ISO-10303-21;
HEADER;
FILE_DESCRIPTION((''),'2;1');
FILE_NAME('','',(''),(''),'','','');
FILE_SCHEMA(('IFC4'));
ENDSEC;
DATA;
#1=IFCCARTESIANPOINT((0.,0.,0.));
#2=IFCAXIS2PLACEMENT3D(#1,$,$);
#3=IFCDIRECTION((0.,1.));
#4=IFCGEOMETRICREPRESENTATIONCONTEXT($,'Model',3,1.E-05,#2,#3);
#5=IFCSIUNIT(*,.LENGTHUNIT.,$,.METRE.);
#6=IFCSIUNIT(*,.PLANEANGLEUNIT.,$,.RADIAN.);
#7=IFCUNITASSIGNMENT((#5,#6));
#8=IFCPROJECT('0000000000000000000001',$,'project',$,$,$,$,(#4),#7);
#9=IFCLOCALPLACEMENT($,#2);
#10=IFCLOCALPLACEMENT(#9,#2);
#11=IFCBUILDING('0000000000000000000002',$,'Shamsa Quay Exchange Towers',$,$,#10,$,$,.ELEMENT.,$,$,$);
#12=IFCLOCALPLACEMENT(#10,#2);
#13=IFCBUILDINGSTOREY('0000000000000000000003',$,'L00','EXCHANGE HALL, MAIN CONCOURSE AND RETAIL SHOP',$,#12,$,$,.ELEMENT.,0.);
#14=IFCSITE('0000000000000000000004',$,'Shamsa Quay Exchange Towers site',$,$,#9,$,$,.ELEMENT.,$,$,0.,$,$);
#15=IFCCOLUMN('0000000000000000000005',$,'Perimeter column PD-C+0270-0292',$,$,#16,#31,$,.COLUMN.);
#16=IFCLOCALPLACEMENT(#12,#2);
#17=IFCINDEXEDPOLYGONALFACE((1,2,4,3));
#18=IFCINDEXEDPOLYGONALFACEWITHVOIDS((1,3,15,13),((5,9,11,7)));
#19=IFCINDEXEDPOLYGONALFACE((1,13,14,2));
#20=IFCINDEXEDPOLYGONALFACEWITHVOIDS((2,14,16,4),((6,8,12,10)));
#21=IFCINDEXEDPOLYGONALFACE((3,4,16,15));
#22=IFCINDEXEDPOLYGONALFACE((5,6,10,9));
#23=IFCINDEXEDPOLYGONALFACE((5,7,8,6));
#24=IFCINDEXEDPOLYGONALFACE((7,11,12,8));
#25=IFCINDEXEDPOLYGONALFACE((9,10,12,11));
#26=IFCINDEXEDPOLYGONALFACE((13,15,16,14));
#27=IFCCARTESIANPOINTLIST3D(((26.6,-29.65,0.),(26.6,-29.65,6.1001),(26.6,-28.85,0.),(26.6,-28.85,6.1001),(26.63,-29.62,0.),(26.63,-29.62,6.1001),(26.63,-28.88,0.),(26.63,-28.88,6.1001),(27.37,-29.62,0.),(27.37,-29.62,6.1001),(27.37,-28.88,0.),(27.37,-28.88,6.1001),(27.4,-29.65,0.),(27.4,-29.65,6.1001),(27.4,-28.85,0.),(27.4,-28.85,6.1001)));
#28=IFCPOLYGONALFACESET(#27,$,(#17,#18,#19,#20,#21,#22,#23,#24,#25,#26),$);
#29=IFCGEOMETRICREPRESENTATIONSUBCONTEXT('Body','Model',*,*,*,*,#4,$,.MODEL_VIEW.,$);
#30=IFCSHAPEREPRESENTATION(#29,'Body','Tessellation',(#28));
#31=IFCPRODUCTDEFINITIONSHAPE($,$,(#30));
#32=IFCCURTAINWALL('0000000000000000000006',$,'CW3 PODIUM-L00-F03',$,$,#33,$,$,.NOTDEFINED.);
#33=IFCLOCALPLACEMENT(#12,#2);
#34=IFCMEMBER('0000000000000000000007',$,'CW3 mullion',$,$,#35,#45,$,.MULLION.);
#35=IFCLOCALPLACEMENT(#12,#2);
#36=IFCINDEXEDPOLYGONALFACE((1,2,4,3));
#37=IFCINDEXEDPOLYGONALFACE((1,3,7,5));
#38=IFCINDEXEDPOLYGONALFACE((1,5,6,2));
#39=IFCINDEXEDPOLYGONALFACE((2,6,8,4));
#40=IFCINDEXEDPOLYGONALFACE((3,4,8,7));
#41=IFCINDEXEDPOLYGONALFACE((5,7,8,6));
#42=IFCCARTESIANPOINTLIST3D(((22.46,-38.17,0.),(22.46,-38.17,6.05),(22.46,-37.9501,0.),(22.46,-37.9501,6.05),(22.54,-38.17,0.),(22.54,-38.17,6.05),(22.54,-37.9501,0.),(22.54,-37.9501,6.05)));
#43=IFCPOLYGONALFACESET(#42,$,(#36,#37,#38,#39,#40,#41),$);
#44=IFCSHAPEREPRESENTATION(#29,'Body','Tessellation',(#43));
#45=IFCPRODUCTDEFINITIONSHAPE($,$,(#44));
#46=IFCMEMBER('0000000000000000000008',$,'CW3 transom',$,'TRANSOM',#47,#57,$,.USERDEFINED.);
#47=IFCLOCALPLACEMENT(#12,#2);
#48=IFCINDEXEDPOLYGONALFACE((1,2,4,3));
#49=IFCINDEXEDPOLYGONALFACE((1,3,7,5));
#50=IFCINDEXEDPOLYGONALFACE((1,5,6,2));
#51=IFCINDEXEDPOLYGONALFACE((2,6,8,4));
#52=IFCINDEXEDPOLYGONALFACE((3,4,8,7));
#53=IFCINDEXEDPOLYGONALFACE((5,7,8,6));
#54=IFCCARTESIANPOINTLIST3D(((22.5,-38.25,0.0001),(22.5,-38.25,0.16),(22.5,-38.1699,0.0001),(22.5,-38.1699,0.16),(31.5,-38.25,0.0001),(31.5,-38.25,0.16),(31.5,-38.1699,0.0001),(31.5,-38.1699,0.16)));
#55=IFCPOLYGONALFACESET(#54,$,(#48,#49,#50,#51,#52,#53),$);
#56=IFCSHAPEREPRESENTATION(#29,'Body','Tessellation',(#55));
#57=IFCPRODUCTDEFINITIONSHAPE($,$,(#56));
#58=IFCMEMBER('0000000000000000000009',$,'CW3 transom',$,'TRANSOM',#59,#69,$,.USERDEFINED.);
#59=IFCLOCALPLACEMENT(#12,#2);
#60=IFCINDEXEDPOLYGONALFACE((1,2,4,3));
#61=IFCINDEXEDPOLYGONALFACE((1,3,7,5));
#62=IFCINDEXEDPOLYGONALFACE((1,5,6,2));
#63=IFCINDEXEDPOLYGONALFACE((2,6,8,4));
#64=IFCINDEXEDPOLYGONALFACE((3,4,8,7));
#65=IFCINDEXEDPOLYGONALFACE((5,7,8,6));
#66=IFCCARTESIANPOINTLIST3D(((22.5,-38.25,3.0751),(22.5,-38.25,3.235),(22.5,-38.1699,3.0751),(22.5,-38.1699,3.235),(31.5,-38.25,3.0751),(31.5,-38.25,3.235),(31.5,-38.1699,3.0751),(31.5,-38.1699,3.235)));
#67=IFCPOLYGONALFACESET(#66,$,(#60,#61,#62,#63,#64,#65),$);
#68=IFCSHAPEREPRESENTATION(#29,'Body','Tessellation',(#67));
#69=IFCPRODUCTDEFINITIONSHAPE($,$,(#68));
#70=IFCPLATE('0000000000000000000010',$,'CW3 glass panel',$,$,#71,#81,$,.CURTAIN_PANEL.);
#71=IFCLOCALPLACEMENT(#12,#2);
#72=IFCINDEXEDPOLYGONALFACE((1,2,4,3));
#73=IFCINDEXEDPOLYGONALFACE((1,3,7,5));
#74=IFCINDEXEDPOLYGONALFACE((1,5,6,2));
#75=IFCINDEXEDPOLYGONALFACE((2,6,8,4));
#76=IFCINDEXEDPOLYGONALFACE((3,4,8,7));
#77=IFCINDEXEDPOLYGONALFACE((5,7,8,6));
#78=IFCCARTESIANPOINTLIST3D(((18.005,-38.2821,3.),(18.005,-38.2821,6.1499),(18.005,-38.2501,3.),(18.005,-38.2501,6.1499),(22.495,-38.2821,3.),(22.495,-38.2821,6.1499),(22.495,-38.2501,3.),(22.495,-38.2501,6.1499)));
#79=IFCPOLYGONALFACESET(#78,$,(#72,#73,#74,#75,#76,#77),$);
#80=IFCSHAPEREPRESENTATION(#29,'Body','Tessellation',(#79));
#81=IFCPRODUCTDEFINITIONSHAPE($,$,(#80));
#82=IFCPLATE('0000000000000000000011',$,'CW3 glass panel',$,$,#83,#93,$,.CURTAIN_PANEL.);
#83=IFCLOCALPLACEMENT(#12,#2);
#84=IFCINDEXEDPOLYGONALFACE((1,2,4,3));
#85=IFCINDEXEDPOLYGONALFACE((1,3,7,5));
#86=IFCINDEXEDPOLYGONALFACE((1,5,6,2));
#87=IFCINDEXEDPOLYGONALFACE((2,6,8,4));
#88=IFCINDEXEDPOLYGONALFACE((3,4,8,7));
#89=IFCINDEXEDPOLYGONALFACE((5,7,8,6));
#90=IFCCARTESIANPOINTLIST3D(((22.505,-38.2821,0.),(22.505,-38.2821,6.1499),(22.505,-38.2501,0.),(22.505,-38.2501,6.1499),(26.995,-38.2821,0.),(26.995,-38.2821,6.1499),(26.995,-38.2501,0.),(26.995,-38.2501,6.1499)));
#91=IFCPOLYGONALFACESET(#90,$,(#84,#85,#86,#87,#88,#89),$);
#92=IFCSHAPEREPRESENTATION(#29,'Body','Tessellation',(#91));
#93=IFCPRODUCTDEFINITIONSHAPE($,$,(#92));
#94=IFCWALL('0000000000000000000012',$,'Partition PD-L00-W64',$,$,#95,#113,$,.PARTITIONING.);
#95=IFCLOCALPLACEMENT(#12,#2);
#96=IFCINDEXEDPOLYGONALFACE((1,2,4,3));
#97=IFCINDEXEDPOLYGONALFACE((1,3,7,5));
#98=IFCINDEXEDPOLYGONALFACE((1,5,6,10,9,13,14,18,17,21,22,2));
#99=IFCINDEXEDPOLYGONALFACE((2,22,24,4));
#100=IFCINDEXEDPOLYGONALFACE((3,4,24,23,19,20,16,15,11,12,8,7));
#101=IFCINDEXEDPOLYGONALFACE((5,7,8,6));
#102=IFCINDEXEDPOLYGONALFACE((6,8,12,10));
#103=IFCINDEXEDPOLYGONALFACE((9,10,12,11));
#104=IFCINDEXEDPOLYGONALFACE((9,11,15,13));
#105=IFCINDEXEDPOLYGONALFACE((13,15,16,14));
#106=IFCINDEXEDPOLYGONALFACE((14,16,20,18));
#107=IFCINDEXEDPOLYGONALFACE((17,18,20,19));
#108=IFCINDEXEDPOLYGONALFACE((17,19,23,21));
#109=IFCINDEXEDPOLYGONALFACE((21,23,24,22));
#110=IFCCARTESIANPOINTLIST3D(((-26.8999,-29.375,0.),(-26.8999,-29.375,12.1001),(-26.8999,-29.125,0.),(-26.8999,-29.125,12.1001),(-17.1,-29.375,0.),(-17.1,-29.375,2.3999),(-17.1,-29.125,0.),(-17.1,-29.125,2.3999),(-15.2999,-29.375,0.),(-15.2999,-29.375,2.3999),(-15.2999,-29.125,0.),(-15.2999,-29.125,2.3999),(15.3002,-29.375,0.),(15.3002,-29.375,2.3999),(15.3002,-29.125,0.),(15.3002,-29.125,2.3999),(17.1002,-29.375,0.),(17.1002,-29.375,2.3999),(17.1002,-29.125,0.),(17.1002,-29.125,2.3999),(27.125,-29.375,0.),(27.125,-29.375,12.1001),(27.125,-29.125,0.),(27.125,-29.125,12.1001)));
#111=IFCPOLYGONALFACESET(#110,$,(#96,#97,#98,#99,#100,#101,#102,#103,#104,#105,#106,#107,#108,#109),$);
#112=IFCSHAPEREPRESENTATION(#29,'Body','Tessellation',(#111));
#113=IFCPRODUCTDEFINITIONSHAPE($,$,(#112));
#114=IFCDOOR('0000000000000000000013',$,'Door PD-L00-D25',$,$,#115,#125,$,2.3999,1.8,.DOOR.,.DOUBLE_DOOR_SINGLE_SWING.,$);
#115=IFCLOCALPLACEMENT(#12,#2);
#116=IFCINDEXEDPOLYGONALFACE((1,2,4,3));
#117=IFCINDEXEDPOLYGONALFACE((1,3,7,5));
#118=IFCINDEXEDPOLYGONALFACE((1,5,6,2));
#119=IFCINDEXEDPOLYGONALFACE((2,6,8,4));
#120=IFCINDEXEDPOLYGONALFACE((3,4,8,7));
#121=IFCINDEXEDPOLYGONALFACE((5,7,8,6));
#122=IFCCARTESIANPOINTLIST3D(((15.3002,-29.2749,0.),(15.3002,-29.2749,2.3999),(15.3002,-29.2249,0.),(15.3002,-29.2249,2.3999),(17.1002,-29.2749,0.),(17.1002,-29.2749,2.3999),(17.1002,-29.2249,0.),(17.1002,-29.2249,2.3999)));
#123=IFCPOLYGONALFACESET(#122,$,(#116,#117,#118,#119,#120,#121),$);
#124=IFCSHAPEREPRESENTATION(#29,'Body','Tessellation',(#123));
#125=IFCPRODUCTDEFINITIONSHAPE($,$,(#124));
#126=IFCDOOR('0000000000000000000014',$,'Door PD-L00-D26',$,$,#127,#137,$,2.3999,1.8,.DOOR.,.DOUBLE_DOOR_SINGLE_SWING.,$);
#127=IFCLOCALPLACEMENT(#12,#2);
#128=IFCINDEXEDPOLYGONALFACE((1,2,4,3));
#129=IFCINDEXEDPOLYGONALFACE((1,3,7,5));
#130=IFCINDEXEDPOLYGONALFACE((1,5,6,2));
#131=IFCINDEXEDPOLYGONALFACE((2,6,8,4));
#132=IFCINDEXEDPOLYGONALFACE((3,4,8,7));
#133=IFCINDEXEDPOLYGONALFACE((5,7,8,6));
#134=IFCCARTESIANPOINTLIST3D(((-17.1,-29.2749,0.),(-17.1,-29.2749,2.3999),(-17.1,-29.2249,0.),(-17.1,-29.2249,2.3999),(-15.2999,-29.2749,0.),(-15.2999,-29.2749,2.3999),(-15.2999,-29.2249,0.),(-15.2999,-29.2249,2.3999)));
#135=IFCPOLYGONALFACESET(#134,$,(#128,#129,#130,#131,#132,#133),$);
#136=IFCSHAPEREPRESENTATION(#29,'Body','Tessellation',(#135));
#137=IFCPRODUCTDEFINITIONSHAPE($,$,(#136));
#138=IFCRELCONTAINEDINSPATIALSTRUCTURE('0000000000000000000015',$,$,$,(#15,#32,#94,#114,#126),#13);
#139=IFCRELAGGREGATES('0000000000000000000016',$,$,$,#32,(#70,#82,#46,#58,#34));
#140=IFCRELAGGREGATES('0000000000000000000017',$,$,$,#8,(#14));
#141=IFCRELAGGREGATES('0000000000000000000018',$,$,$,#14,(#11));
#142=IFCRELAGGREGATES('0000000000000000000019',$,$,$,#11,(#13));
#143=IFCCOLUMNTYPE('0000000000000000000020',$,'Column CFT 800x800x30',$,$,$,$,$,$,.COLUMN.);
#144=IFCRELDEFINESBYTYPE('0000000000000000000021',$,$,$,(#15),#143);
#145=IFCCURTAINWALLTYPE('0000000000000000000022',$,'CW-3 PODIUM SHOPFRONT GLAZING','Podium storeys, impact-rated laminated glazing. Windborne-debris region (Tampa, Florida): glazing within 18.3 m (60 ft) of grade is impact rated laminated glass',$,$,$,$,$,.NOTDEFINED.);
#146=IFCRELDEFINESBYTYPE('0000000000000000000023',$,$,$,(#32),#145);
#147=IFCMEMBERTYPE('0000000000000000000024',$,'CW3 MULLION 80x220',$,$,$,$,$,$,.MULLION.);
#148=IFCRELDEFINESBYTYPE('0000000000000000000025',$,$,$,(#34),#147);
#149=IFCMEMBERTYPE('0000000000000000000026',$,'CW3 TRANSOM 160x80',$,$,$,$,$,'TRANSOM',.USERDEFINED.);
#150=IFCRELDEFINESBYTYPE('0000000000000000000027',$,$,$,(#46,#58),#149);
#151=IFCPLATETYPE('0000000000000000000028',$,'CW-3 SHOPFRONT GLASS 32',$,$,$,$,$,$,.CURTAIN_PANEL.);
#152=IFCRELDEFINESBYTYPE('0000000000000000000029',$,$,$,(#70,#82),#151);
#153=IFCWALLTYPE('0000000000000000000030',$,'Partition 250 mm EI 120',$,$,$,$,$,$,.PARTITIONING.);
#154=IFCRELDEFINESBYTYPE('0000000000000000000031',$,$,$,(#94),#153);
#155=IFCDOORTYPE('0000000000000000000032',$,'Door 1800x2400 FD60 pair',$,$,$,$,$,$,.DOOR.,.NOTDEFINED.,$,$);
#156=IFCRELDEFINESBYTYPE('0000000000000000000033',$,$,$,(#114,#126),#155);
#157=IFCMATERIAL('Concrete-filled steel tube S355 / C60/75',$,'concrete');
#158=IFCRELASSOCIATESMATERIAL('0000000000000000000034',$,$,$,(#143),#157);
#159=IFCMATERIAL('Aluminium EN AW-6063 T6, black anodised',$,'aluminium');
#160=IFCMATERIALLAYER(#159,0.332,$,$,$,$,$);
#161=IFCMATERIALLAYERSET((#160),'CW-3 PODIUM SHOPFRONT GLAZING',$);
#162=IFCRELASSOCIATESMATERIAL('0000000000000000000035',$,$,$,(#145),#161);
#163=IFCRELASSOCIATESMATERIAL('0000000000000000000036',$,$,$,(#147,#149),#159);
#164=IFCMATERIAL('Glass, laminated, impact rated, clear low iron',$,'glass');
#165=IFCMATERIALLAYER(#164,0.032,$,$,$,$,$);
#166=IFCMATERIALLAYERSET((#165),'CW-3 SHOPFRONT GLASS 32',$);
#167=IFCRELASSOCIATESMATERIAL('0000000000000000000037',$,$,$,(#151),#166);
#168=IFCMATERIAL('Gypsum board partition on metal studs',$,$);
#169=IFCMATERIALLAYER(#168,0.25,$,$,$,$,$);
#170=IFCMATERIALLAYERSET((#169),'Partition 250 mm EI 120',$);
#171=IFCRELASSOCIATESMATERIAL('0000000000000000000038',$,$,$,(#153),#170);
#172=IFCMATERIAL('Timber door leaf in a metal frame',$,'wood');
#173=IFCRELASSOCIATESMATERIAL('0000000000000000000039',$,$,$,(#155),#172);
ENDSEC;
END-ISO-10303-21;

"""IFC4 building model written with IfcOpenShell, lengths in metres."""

from ifc_helpers import new_model, si_unit, direction, frame, frame_2d, origin, origin_2d, place, context, subcontext, project, spatial, rectangle, hollow_rectangle, extrude, material, layer, layer_set, material_profile, profile_set, type_object, element, fill, aggregate, save


model = new_model("IFC4")

# Units and contexts
model_context = context("Model", 3, precision=1e-05, world=origin(), true_north=direction((0.0, 1.0)))
body_context = subcontext(model_context, "Body", "Model", "MODEL_VIEW")
ifc_project = project(units=[si_unit("LENGTHUNIT", "METRE"), si_unit("PLANEANGLEUNIT", "RADIAN")], contexts=[model_context])

# Site, building, storey
site_placement = place(None, origin())
site = spatial("IfcSite", under=ifc_project, at=site_placement, Name="Shamsa Quay Exchange Towers site", CompositionType="ELEMENT", RefElevation=0.0)
building_placement = place(site_placement, origin())
building = spatial("IfcBuilding", under=site, at=building_placement, Name="Shamsa Quay Exchange Towers", CompositionType="ELEMENT")
storey_placement = place(building_placement, origin())
storey = spatial("IfcBuildingStorey", under=building, at=storey_placement, Name="L00", Description="EXCHANGE HALL, MAIN CONCOURSE AND RETAIL SHOP", CompositionType="ELEMENT", Elevation=0.0)

# Column
ifc_material_1 = material(Name="Concrete-filled steel tube S355 / C60/75", Category="concrete")
ifc_material_profile_1 = material_profile(ifc_material_1, hollow_rectangle(XDim=0.8, YDim=0.8, WallThickness=0.03, at=origin_2d()), Name="CFT 800x800x30")
ifc_profile_set_1 = profile_set([ifc_material_profile_1], Name="Concrete-filled steel tube S355 / C60/75")
column_type = type_object("IfcColumnType", Name="Column CFT 800x800x30", PredefinedType="COLUMN", material=ifc_profile_set_1)
for number, where, name in (
    (1, (27.0, -29.25, 0.0), "Perimeter column PD-C+0270-0292"),
):
    element("IfcColumn", number, at=place(storey_placement, frame(where)), inside=storey, type_object=column_type, Name=name, PredefinedType="COLUMN", context=body_context, shape_type="SweptSolid", body=[
        extrude(hollow_rectangle(XDim=0.8, YDim=0.8, WallThickness=0.03, at=origin_2d()), origin(), (0.0, 0.0, 1.0), 6.1001),
    ])

# Curtain wall, members, plates
ifc_material_2 = material(Name="Aluminium EN AW-6063 T6, black anodised", Category="aluminium")
ifc_layer_1 = layer(ifc_material_2, 0.332)
ifc_layer_set_1 = layer_set([ifc_layer_1], Name="CW-3 PODIUM SHOPFRONT GLAZING")
curtain_wall_type = type_object("IfcCurtainWallType", Name="CW-3 PODIUM SHOPFRONT GLAZING", Description="Podium storeys, impact-rated laminated glazing. Windborne-debris region (Tampa, Florida): glazing within 18.3 m (60 ft) of grade is impact rated laminated glass", PredefinedType="NOTDEFINED", material=ifc_layer_set_1)
curtain_wall_placement = place(storey_placement, origin())
curtain_wall = element("IfcCurtainWall", 2, at=curtain_wall_placement, inside=storey, type_object=curtain_wall_type, Name="CW3 PODIUM-L00-F03", PredefinedType="NOTDEFINED")
ifc_material_profile_2 = material_profile(ifc_material_2, rectangle(XDim=0.22, YDim=0.0801, at=origin_2d()), Name="MU80x220")
ifc_profile_set_2 = profile_set([ifc_material_profile_2], Name="Aluminium EN AW-6063 T6, black anodised")
member_type_1 = type_object("IfcMemberType", Name="CW3 MULLION 80x220", PredefinedType="MULLION", material=ifc_profile_set_2)
member_1_placement = place(storey_placement, frame((22.5, -38.0601, 0.0), z_axis=(0.0, 0.0, 1.0), x_axis=(0.0, 1.0, 0.0)))
member_1 = element("IfcMember", 3, at=member_1_placement, type_object=member_type_1, Name="CW3 mullion", PredefinedType="MULLION", context=body_context, shape_type="SweptSolid", body=[
    extrude(rectangle(XDim=0.22, YDim=0.0801, at=origin_2d()), origin(), (0.0, 0.0, 1.0), 6.05),
])
ifc_material_profile_3 = material_profile(ifc_material_2, rectangle(XDim=0.0801, YDim=0.1599, at=origin_2d()), Name="TR160x80")
ifc_profile_set_3 = profile_set([ifc_material_profile_3], Name="Aluminium EN AW-6063 T6, black anodised")
member_type_2 = type_object("IfcMemberType", Name="CW3 TRANSOM 160x80", ElementType="TRANSOM", PredefinedType="USERDEFINED", material=ifc_profile_set_3)
member_2_placement = place(storey_placement, frame((22.5, -38.21, 0.0801), z_axis=(1.0, 0.0, 0.0), x_axis=(0.0, 1.0, 0.0)))
member_2 = element("IfcMember", 4, at=member_2_placement, type_object=member_type_2, Name="CW3 transom", ObjectType="TRANSOM", PredefinedType="USERDEFINED", context=body_context, shape_type="SweptSolid", body=[
    extrude(rectangle(XDim=0.0801, YDim=0.1599, at=origin_2d()), origin(), (0.0, 0.0, 1.0), 9.0),
])
member_3_placement = place(storey_placement, frame((22.5, -38.21, 3.155), z_axis=(1.0, 0.0, 0.0), x_axis=(0.0, 1.0, 0.0)))
member_3 = element("IfcMember", 5, at=member_3_placement, type_object=member_type_2, Name="CW3 transom", ObjectType="TRANSOM", PredefinedType="USERDEFINED", context=body_context, shape_type="SweptSolid", body=[
    extrude(rectangle(XDim=0.0801, YDim=0.1599, at=origin_2d()), origin(), (0.0, 0.0, 1.0), 9.0),
])
ifc_material_3 = material(Name="Glass, laminated, impact rated, clear low iron", Category="glass")
ifc_layer_2 = layer(ifc_material_3, 0.032)
ifc_layer_set_2 = layer_set([ifc_layer_2], Name="CW-3 SHOPFRONT GLASS 32")
plate_type = type_object("IfcPlateType", Name="CW-3 SHOPFRONT GLASS 32", PredefinedType="CURTAIN_PANEL", material=ifc_layer_set_2)
plate_1_placement = place(storey_placement, frame((20.25, -38.2661, 3.0)))
plate_1 = element("IfcPlate", 6, at=plate_1_placement, type_object=plate_type, Name="CW3 glass panel", PredefinedType="CURTAIN_PANEL", context=body_context, shape_type="SweptSolid", body=[
    extrude(rectangle(XDim=4.49, YDim=0.032, at=origin_2d()), origin(), (0.0, 0.0, 1.0), 3.1499),
])
plate_2_placement = place(storey_placement, frame((24.75, -38.2661, 0.0)))
plate_2 = element("IfcPlate", 7, at=plate_2_placement, type_object=plate_type, Name="CW3 glass panel", PredefinedType="CURTAIN_PANEL", context=body_context, shape_type="SweptSolid", body=[
    extrude(rectangle(XDim=4.49, YDim=0.032, at=origin_2d()), origin(), (0.0, 0.0, 1.0), 6.1499),
])
aggregate(curtain_wall, [plate_1, plate_2, member_2, member_3, member_1])

# Wall, openings, doors
ifc_material_4 = material(Name="Gypsum board partition on metal studs")
ifc_layer_3 = layer(ifc_material_4, 0.25)
ifc_layer_set_3 = layer_set([ifc_layer_3], Name="Partition 250 mm EI 120")
wall_type_1 = type_object("IfcWallType", Name="Partition 250 mm EI 120", PredefinedType="PARTITIONING", material=ifc_layer_set_3)
wall_1_placement = place(storey_placement, frame((27.125, -29.25, 0.0), z_axis=(0.0, 0.0, 1.0), x_axis=(-1.0, 0.0, 0.0)))
wall_1 = element("IfcWall", 8, at=wall_1_placement, inside=storey, type_object=wall_type_1, Name="Partition PD-L00-W64", PredefinedType="PARTITIONING", context=body_context, shape_type="SweptSolid", body=[
    extrude(rectangle(XDim=54.0249, YDim=0.25, at=frame_2d((27.0125, 0.0))), origin(), (0.0, 0.0, 1.0), 12.1001),
])
opening_1_placement = place(wall_1_placement, frame((10.0249, 0.0, 0.0)))
opening_1 = element("IfcOpeningElement", 9, at=opening_1_placement, cuts=wall_1, PredefinedType="OPENING", context=body_context, shape_type="SweptSolid", body=[
    extrude(rectangle(XDim=1.8, YDim=2.3999, at=frame_2d((0.8999, 1.2))), frame((0.0, 0.135, 0.0), z_axis=(0.0, -1.0, 0.0), x_axis=(1.0, 0.0, 0.0)), (0.0, 0.0, 1.0), 0.27),
])
opening_2_placement = place(wall_1_placement, frame((42.425, 0.0, 0.0)))
opening_2 = element("IfcOpeningElement", 10, at=opening_2_placement, cuts=wall_1, PredefinedType="OPENING", context=body_context, shape_type="SweptSolid", body=[
    extrude(rectangle(XDim=1.8, YDim=2.3999, at=frame_2d((0.8999, 1.2))), frame((0.0, 0.135, 0.0), z_axis=(0.0, -1.0, 0.0), x_axis=(1.0, 0.0, 0.0)), (0.0, 0.0, 1.0), 0.27),
])
ifc_material_5 = material(Name="Timber door leaf in a metal frame", Category="wood")
door_type_1 = type_object("IfcDoorType", Name="Door 1800x2400 FD60 pair", OperationType="NOTDEFINED", PredefinedType="DOOR", material=ifc_material_5)
door_1_placement = place(opening_1_placement, origin())
door_1 = element("IfcDoor", 11, at=door_1_placement, inside=storey, type_object=door_type_1, Name="Door PD-L00-D25", OperationType="DOUBLE_DOOR_SINGLE_SWING", OverallHeight=2.3999, OverallWidth=1.8, PredefinedType="DOOR", context=body_context, shape_type="SweptSolid", body=[
    extrude(rectangle(XDim=1.8, YDim=2.3999, at=frame_2d((0.8999, 1.2))), frame((0.0, 0.0249, 0.0), z_axis=(0.0, -1.0, 0.0), x_axis=(1.0, 0.0, 0.0)), (0.0, 0.0, 1.0), 0.05),
])
fill(opening_1, door_1)
door_2_placement = place(opening_2_placement, origin())
door_2 = element("IfcDoor", 12, at=door_2_placement, inside=storey, type_object=door_type_1, Name="Door PD-L00-D26", OperationType="DOUBLE_DOOR_SINGLE_SWING", OverallHeight=2.3999, OverallWidth=1.8, PredefinedType="DOOR", context=body_context, shape_type="SweptSolid", body=[
    extrude(rectangle(XDim=1.8, YDim=2.3999, at=frame_2d((0.8999, 1.2))), frame((0.0, 0.0249, 0.0), z_axis=(0.0, -1.0, 0.0), x_axis=(1.0, 0.0, 0.0)), (0.0, 0.0, 1.0), 0.05),
])
fill(opening_2, door_2)

save(model, "model.ifc")
